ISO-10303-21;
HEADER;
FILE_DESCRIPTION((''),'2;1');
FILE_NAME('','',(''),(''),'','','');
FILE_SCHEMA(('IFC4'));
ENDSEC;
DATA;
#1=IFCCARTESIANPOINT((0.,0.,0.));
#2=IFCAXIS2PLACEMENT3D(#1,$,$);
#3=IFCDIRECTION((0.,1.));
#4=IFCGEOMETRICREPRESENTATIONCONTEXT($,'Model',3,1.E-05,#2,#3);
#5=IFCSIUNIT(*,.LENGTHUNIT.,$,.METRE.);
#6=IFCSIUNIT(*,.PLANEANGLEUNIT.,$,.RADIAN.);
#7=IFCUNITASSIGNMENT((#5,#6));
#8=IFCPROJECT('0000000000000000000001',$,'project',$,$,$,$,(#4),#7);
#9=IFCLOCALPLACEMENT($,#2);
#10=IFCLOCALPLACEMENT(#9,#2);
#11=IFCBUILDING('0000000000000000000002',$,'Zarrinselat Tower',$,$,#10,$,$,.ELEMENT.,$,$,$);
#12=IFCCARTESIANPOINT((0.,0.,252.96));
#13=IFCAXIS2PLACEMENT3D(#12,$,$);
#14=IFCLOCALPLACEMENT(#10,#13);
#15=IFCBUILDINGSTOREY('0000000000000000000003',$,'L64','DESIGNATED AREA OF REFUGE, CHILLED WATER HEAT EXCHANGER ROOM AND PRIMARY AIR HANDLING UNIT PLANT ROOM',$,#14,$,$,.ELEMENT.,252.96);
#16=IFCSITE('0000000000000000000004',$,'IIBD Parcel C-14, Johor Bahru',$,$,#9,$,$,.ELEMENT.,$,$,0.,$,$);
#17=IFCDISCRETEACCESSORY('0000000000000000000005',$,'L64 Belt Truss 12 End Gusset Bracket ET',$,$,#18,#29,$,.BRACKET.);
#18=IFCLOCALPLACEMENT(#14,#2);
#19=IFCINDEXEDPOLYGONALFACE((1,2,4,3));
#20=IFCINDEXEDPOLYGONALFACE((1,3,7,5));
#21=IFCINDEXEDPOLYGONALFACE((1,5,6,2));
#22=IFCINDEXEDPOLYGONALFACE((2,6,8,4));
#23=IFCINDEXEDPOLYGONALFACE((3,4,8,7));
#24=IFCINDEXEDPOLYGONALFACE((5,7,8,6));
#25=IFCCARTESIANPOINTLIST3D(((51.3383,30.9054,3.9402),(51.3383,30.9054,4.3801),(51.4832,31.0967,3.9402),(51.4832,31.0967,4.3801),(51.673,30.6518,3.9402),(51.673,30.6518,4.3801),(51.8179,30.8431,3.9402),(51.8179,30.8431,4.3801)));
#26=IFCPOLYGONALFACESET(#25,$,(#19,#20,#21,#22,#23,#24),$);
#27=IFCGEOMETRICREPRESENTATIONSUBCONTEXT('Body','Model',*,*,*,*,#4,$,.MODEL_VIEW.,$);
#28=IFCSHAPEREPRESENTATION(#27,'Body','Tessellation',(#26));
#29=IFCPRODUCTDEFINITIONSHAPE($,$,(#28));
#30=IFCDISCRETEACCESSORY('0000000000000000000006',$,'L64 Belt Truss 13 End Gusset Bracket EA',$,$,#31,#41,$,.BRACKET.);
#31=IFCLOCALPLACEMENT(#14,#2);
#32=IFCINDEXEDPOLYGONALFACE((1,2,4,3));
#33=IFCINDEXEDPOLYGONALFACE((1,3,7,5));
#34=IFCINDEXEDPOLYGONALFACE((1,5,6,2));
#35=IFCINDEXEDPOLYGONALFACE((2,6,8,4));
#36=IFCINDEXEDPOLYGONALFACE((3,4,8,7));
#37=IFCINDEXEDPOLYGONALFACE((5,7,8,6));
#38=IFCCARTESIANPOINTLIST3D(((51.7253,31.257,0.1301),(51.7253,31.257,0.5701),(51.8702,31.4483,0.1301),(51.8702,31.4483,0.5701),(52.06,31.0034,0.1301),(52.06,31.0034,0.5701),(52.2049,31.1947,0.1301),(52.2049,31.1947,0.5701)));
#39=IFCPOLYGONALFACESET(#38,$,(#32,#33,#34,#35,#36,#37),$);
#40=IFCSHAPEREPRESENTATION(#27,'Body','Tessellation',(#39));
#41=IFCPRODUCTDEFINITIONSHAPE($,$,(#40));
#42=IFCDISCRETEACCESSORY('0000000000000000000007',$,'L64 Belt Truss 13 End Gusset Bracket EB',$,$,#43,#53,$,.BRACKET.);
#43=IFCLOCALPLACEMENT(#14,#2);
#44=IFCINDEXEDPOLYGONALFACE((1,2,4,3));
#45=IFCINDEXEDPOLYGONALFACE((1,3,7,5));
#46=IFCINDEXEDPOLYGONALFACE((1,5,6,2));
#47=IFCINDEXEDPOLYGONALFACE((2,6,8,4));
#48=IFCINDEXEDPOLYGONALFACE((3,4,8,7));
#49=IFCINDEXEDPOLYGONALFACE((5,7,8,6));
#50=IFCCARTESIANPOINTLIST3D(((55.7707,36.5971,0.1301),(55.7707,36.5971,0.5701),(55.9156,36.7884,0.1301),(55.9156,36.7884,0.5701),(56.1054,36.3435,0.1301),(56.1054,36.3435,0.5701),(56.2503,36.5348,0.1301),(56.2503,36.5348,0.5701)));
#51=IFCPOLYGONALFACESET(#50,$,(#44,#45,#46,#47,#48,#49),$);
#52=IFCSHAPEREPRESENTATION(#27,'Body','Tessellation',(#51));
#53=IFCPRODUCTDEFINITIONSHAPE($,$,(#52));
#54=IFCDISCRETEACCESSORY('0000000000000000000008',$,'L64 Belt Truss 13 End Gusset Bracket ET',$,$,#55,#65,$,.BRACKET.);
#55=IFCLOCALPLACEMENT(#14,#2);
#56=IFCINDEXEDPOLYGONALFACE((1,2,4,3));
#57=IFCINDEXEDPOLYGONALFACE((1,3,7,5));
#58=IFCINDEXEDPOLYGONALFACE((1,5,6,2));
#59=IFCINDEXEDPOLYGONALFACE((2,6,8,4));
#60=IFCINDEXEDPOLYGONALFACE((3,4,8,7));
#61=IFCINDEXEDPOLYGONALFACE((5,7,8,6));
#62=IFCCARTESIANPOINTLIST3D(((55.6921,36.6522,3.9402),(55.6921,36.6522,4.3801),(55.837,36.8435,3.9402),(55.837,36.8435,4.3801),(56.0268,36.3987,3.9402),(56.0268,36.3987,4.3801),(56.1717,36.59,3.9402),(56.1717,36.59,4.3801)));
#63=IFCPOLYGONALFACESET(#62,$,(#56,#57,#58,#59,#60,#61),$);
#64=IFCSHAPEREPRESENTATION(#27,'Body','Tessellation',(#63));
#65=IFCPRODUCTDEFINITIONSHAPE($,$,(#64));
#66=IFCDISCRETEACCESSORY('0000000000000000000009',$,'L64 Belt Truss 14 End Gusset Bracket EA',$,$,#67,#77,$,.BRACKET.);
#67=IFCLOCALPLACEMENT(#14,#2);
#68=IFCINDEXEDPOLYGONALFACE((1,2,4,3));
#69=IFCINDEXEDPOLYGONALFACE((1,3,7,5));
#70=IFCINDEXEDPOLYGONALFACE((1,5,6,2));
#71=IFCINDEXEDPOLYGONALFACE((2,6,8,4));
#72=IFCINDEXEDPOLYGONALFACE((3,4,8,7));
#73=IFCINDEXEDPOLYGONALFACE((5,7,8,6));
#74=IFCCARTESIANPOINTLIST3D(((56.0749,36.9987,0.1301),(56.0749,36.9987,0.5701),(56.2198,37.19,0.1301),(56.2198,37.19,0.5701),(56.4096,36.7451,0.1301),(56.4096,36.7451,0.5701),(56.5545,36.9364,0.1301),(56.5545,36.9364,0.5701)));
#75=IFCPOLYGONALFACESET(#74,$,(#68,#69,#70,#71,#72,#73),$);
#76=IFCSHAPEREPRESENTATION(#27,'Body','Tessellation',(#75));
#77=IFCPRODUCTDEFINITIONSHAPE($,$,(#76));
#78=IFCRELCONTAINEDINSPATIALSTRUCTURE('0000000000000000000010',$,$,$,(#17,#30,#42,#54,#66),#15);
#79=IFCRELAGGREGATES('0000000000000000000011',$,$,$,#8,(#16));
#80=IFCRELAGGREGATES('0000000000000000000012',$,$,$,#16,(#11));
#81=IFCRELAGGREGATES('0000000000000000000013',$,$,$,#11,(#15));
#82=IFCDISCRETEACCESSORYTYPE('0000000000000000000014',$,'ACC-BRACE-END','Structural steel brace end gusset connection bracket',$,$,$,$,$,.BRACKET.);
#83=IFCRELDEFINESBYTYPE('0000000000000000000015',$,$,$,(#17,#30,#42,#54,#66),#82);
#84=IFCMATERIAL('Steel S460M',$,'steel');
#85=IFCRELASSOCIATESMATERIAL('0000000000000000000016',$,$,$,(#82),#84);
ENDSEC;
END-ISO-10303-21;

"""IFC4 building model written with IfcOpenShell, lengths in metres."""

from ifc_helpers import new_model, si_unit, direction, frame, origin, origin_2d, place, context, subcontext, project, spatial, rectangle, extrude, material, type_object, element, save


model = new_model("IFC4")

# Units and contexts
model_context = context("Model", 3, precision=1e-05, world=origin(), true_north=direction((0.0, 1.0)))
body_context = subcontext(model_context, "Body", "Model", "MODEL_VIEW")
ifc_project = project(units=[si_unit("LENGTHUNIT", "METRE"), si_unit("PLANEANGLEUNIT", "RADIAN")], contexts=[model_context])

# Site, building, storey
site_placement = place(None, origin())
site = spatial("IfcSite", under=ifc_project, at=site_placement, Name="IIBD Parcel C-14, Johor Bahru", CompositionType="ELEMENT", RefElevation=0.0)
building_placement = place(site_placement, origin())
building = spatial("IfcBuilding", under=site, at=building_placement, Name="Zarrinselat Tower", CompositionType="ELEMENT")
storey_placement = place(building_placement, frame((0.0, 0.0, 252.96)))
storey = spatial("IfcBuildingStorey", under=building, at=storey_placement, Name="L64", Description="DESIGNATED AREA OF REFUGE, CHILLED WATER HEAT EXCHANGER ROOM AND PRIMARY AIR HANDLING UNIT PLANT ROOM", CompositionType="ELEMENT", Elevation=252.96)

# Discrete accessories
ifc_material_1 = material(Name="Steel S460M", Category="steel")
discrete_accessory_type = type_object("IfcDiscreteAccessoryType", Name="ACC-BRACE-END", Description="Structural steel brace end gusset connection bracket", PredefinedType="BRACKET", material=ifc_material_1)
for number, where, z_axis, x_axis, name in (
    (1, (51.5781, 30.8743, 3.9402), (0.0, 0.0, 1.0), (0.603856, 0.797093, 0.0), "L64 Belt Truss 12 End Gusset Bracket ET"),
    (2, (51.9651, 31.2258, 0.1301), (0.0, 0.0, 1.0), (0.603856, 0.797093, 0.0), "L64 Belt Truss 13 End Gusset Bracket EA"),
    (3, (56.0105, 36.5659, 0.1301), (0.0, 0.0, 1.0), (0.603856, 0.797093, 0.0), "L64 Belt Truss 13 End Gusset Bracket EB"),
    (4, (55.9319, 36.6211, 3.9402), (0.0, 0.0, 1.0), (0.603856, 0.797093, 0.0), "L64 Belt Truss 13 End Gusset Bracket ET"),
    (5, (56.3147, 36.9675, 0.1301), (0.0, 0.0, 1.0), (0.603856, 0.797093, 0.0), "L64 Belt Truss 14 End Gusset Bracket EA"),
):
    element("IfcDiscreteAccessory", number, at=place(storey_placement, frame(where, z_axis=z_axis, x_axis=x_axis)), inside=storey, type_object=discrete_accessory_type, Name=name, PredefinedType="BRACKET", context=body_context, shape_type="SweptSolid", body=[
        extrude(rectangle(XDim=0.24, YDim=0.4199, at=origin_2d()), origin(), (0.0, 0.0, 1.0), 0.4399),
    ])

save(model, "model.ifc")
